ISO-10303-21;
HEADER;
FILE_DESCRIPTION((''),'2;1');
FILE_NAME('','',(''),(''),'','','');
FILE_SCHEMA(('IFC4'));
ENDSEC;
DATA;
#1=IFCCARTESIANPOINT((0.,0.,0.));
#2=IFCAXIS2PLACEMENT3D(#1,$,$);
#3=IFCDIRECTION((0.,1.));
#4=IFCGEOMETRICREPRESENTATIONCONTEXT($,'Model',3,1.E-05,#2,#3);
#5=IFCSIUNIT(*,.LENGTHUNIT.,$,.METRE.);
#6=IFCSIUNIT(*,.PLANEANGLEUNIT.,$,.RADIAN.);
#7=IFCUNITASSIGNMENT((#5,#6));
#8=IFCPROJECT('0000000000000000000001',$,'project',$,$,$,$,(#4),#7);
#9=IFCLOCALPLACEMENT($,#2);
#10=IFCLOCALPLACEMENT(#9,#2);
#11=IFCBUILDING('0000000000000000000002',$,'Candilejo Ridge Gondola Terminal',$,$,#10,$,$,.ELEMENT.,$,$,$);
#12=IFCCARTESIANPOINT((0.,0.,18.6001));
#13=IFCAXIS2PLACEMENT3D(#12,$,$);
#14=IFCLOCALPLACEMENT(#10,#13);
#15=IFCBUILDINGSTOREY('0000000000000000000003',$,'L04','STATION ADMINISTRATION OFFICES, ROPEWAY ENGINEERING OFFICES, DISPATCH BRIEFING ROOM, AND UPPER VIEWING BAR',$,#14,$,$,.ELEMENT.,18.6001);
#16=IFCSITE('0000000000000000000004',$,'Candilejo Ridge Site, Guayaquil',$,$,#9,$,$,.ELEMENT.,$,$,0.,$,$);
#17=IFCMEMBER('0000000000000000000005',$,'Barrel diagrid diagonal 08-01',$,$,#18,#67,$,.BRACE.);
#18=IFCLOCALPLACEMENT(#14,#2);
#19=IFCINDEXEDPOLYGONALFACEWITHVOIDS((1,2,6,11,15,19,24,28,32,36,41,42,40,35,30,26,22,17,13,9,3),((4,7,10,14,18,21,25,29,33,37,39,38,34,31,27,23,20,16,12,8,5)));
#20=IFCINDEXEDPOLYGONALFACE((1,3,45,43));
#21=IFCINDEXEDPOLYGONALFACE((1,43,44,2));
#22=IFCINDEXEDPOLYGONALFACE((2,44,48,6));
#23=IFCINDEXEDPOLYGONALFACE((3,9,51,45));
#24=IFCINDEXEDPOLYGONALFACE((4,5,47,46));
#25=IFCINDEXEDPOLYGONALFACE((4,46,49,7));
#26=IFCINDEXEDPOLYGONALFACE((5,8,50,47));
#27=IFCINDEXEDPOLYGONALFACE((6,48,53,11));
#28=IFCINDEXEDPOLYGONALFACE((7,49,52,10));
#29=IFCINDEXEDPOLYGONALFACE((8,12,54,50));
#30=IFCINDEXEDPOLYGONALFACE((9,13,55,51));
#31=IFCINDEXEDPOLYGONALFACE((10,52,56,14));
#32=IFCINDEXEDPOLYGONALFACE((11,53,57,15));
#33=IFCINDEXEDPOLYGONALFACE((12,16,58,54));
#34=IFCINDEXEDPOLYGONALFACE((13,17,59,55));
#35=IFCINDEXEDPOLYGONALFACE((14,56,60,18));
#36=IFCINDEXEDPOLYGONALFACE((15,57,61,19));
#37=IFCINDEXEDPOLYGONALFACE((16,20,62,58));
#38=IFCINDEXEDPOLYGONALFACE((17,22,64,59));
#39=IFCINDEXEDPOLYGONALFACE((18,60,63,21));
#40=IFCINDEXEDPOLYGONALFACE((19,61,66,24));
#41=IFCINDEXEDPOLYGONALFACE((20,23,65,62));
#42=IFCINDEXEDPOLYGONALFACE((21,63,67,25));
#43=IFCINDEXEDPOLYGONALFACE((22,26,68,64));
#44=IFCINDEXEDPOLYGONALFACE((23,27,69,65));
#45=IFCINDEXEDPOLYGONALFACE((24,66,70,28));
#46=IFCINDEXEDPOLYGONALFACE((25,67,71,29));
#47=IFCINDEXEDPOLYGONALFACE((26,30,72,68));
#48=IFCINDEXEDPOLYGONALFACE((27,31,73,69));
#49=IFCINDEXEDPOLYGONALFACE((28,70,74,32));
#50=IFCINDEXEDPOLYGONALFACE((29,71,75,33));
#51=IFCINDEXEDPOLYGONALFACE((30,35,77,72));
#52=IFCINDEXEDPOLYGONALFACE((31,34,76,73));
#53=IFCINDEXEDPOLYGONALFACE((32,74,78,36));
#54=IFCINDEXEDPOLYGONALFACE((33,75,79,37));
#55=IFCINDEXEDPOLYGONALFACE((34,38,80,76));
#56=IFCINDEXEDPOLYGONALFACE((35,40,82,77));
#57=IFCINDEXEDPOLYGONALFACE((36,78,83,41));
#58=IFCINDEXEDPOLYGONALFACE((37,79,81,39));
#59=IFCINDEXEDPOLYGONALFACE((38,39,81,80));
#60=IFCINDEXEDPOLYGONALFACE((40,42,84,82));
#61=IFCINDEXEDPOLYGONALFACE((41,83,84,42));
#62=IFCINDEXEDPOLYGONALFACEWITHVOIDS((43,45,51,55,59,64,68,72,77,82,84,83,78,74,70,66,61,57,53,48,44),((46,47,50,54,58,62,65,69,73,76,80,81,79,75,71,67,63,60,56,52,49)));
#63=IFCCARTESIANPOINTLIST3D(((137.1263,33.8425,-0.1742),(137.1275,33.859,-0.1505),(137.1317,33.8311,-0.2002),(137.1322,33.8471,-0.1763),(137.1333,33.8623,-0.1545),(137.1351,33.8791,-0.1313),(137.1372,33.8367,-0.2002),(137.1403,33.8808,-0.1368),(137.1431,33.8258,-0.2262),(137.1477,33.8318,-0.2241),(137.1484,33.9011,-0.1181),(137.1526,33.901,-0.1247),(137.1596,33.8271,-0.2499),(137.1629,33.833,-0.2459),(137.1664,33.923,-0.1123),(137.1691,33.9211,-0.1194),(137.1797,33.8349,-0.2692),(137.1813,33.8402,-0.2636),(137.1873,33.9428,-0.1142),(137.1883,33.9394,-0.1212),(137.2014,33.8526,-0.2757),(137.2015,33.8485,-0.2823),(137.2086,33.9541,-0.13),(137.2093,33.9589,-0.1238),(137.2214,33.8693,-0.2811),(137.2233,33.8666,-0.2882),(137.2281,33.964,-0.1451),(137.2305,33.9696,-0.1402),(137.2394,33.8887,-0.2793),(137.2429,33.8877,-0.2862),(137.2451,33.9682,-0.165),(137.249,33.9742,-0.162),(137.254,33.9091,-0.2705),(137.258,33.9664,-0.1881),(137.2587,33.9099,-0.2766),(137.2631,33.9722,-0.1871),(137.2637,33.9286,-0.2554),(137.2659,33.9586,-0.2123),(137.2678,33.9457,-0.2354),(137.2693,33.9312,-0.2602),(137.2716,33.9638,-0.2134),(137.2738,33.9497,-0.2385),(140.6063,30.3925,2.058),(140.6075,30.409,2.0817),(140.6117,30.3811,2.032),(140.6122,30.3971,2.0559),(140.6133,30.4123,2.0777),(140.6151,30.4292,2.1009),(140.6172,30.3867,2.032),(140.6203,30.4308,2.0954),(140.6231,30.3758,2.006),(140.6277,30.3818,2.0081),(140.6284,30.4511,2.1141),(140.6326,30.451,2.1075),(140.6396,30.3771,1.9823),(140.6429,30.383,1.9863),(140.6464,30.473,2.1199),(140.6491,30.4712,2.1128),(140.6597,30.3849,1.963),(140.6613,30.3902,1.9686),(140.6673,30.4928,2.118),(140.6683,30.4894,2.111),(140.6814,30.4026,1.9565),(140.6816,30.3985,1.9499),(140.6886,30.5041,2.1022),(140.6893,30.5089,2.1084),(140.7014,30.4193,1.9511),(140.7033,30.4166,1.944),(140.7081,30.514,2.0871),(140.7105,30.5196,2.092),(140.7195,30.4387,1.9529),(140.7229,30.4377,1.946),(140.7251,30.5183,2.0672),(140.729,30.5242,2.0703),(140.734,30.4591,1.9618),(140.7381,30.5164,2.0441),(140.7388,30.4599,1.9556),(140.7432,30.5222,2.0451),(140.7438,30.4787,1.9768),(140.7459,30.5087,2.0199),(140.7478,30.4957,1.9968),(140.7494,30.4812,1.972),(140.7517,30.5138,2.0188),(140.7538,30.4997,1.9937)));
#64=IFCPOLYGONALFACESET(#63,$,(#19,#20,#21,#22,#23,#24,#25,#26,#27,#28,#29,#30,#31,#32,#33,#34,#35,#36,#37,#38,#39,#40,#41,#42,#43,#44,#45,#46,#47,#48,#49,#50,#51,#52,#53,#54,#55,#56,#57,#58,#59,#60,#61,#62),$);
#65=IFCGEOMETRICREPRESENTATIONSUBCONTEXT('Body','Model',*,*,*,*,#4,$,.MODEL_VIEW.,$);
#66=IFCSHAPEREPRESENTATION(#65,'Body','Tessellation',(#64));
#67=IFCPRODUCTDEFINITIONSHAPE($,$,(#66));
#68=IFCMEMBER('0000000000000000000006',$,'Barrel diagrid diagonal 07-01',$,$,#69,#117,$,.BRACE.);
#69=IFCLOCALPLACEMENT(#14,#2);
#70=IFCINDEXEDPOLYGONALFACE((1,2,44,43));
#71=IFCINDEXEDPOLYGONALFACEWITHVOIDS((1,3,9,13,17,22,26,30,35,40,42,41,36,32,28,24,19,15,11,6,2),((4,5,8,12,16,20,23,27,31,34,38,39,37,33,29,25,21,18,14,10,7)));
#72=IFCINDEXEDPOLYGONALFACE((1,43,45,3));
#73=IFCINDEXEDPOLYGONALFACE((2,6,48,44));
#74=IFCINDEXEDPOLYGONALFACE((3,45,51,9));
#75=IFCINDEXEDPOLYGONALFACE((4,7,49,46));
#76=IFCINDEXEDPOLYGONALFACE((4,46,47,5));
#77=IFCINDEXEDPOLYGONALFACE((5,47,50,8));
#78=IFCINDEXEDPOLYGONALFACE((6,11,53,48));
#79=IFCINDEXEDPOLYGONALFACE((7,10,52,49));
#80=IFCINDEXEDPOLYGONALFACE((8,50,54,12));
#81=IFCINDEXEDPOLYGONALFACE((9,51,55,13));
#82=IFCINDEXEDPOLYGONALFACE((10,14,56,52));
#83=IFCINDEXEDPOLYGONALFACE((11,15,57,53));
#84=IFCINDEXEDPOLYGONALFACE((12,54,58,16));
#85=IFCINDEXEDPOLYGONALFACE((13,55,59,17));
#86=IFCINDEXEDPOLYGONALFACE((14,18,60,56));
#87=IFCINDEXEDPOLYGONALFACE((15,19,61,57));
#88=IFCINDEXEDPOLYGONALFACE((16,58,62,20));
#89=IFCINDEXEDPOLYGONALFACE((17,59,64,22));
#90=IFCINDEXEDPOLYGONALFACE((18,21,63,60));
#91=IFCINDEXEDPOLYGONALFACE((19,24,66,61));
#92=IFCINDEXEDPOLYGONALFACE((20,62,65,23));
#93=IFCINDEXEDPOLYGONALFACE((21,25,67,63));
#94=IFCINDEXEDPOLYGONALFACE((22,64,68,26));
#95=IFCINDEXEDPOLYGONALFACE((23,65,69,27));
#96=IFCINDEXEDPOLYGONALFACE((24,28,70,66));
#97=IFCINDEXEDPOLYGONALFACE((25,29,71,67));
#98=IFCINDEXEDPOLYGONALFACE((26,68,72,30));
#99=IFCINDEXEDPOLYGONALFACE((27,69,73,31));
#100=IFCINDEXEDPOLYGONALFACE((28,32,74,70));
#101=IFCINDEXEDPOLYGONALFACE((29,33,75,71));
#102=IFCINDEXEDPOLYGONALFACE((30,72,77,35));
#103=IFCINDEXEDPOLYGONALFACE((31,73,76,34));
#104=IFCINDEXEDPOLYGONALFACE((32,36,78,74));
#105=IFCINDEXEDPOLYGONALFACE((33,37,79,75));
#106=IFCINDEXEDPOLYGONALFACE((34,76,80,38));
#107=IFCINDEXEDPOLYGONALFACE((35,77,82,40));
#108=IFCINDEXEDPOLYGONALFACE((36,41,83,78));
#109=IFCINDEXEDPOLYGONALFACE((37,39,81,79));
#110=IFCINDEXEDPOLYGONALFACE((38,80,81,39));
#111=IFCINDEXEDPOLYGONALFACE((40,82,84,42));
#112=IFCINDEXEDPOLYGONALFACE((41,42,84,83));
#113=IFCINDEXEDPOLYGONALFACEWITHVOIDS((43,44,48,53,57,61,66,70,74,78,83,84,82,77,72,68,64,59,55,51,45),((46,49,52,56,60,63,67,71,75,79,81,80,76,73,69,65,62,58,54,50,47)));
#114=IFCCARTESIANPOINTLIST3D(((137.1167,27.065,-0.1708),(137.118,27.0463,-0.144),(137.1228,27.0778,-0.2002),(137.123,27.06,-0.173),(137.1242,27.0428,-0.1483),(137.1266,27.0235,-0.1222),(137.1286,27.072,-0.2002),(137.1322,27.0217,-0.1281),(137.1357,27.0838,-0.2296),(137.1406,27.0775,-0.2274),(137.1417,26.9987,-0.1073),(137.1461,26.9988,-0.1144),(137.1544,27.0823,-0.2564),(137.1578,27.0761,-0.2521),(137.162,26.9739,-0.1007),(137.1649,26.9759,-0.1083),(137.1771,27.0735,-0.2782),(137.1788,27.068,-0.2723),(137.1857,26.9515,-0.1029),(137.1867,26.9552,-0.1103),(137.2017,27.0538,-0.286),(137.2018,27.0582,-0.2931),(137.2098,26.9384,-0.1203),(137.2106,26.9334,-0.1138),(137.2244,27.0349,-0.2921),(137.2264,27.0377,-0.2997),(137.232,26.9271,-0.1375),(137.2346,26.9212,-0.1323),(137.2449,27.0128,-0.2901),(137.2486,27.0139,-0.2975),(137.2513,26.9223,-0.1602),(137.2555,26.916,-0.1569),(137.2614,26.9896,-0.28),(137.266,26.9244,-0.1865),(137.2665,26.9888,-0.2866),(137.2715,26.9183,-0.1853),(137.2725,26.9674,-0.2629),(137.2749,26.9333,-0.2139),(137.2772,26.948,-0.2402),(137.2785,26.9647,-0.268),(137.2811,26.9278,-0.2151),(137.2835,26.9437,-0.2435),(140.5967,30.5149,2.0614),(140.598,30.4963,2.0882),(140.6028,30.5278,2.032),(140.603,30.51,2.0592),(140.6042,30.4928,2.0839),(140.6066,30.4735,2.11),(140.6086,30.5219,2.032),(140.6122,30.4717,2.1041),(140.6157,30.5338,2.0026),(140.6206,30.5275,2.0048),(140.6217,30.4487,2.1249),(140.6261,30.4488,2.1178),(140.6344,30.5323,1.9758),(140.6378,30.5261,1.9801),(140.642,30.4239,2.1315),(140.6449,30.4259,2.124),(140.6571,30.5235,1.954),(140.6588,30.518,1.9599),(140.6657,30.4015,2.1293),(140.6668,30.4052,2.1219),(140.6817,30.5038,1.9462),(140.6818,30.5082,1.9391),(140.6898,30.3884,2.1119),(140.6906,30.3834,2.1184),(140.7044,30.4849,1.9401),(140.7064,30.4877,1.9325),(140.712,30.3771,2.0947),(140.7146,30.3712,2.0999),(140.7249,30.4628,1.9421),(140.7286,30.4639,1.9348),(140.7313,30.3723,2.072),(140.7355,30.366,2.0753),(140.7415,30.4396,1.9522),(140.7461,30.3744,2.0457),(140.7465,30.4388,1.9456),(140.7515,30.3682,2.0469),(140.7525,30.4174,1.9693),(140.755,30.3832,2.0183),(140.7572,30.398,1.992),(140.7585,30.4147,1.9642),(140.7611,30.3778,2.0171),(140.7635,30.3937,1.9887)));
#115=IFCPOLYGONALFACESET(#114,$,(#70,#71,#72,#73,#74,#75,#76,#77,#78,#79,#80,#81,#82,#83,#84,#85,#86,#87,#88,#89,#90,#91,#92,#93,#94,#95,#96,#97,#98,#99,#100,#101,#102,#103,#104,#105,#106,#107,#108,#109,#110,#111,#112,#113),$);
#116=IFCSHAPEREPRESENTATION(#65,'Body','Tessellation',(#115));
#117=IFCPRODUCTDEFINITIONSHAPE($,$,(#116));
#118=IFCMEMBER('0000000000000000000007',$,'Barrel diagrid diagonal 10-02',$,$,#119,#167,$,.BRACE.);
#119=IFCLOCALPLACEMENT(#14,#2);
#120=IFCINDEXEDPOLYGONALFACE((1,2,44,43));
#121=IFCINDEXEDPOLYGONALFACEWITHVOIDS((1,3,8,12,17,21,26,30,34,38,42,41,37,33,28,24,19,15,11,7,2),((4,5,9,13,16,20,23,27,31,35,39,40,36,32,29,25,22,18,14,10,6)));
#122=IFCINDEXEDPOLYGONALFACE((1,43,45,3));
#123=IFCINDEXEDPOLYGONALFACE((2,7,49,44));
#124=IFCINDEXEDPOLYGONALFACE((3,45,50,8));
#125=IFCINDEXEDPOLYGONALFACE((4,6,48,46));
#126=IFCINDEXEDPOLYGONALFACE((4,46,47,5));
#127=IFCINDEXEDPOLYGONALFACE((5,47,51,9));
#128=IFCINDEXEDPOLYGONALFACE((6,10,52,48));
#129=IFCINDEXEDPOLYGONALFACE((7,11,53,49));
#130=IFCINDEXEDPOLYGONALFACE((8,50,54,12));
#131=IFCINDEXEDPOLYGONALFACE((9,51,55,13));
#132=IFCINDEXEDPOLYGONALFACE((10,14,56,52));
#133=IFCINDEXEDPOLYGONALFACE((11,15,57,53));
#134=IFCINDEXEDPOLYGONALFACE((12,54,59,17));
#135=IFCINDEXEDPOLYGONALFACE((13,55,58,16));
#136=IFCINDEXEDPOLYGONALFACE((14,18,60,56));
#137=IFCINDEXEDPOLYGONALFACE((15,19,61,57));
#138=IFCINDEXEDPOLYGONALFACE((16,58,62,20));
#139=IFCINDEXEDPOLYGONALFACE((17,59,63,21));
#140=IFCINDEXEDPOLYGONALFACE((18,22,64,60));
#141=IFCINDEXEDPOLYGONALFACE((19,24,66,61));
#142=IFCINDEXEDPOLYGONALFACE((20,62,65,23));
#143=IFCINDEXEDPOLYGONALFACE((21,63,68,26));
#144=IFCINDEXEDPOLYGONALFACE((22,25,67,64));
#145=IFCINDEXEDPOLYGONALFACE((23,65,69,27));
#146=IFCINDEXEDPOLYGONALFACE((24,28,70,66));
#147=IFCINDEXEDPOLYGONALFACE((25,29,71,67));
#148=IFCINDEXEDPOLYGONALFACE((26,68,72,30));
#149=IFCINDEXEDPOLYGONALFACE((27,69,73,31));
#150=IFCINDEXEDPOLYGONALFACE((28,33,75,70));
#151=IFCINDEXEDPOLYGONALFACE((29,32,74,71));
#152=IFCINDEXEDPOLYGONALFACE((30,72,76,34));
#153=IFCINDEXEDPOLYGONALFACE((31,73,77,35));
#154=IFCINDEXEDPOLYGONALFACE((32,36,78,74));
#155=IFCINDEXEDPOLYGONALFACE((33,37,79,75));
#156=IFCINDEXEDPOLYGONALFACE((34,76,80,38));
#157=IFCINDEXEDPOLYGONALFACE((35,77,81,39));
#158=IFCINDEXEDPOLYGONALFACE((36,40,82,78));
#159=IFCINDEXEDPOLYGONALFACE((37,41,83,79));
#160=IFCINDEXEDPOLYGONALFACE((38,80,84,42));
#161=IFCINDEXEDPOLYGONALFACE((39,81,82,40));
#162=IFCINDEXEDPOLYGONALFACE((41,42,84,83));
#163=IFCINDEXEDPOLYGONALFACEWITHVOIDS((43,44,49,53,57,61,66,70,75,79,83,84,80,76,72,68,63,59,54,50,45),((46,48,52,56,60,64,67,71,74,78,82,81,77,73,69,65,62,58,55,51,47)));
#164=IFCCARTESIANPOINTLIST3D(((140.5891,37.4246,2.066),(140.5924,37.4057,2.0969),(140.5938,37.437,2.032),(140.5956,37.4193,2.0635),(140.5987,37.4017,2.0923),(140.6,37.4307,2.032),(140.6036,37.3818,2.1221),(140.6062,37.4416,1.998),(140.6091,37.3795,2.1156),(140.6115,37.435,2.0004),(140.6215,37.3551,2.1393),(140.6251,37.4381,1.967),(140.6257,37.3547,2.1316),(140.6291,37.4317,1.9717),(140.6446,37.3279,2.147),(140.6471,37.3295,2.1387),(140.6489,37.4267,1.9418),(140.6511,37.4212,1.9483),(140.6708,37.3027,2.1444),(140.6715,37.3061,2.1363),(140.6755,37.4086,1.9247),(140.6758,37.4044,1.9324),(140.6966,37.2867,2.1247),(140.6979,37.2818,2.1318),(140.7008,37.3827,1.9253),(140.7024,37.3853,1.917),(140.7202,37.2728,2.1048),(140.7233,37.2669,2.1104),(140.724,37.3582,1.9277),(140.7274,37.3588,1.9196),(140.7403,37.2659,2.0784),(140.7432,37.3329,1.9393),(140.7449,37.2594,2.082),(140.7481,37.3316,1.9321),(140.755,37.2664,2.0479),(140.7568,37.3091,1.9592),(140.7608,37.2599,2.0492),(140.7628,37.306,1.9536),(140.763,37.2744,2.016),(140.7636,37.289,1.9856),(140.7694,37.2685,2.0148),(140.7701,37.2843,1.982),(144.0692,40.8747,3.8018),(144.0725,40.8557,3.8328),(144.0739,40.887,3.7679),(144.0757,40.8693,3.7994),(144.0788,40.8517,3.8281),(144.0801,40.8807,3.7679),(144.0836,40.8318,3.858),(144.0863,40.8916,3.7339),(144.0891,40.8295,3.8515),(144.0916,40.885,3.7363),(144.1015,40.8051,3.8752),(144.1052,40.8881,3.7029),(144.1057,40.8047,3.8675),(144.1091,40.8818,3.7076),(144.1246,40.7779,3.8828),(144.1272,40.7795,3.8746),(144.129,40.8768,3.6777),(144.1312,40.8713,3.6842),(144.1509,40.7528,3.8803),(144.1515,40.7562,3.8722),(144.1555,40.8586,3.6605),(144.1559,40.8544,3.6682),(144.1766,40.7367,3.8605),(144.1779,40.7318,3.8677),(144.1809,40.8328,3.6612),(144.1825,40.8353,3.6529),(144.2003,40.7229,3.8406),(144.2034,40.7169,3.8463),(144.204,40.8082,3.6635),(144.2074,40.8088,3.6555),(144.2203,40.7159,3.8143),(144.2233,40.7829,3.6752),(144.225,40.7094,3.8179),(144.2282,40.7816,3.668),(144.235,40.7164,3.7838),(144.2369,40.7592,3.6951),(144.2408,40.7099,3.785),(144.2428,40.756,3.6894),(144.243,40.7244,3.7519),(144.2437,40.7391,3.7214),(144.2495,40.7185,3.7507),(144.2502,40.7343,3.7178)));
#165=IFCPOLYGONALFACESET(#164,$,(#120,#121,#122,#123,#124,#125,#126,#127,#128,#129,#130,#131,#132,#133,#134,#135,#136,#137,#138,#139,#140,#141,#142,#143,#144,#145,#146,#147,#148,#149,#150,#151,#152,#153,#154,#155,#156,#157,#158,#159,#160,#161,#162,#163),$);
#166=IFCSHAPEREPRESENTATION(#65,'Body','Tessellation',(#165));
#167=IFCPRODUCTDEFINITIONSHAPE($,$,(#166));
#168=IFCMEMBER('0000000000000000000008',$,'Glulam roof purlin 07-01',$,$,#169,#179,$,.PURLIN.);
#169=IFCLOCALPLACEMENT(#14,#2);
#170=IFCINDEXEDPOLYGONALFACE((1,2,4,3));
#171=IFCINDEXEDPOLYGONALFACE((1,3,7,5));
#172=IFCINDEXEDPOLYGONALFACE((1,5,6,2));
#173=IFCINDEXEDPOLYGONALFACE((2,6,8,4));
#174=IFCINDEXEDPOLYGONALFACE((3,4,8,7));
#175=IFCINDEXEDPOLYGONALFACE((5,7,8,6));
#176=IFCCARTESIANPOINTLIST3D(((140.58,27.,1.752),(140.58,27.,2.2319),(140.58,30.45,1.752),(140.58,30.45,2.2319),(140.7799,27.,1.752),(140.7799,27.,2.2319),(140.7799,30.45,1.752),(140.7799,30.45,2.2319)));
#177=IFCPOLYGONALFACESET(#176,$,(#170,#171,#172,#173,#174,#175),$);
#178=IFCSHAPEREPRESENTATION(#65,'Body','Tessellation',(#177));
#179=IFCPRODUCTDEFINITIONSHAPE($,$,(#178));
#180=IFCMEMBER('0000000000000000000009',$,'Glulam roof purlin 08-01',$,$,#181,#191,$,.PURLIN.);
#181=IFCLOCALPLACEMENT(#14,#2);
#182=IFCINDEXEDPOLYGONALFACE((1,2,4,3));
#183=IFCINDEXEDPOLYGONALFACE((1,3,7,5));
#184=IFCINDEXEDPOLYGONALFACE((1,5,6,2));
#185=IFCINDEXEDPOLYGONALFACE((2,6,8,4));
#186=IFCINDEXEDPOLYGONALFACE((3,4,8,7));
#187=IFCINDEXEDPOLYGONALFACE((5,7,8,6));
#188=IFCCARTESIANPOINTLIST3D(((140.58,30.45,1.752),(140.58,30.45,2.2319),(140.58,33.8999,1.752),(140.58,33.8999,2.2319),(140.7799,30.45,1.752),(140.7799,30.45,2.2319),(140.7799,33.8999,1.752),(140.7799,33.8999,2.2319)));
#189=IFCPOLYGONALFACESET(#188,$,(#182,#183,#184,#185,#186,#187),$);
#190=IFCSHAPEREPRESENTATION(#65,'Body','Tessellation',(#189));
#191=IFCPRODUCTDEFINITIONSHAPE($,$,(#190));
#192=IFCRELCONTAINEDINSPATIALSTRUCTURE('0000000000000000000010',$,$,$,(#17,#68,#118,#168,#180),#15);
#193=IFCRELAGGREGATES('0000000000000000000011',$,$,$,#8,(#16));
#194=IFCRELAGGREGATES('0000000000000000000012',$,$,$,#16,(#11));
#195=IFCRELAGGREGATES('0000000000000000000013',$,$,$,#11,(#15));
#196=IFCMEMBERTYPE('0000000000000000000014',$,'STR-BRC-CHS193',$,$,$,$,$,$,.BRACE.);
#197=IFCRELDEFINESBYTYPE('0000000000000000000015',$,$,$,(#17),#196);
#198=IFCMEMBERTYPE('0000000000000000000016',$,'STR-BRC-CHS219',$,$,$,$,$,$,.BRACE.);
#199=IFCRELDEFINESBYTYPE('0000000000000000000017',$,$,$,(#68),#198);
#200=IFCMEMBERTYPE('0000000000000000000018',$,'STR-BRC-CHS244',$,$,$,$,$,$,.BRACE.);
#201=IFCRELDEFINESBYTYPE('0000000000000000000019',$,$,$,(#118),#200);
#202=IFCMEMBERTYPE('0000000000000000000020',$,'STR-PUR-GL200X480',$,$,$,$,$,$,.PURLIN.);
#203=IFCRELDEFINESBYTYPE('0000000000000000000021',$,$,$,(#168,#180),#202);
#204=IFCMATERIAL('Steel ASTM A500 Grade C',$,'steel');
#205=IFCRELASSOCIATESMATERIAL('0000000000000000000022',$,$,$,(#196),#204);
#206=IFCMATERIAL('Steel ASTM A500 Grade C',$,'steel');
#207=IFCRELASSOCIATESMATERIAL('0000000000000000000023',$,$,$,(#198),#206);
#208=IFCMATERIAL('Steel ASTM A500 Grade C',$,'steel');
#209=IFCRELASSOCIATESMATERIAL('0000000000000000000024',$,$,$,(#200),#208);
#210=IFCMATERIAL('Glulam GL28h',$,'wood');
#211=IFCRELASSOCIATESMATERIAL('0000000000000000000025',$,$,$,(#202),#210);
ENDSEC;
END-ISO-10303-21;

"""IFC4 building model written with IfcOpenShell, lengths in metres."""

from ifc_helpers import new_model, si_unit, direction, frame, origin, origin_2d, place, context, subcontext, project, spatial, rectangle, hollow_circle, extrude, material, material_profile, profile_set, type_object, element, save


model = new_model("IFC4")

# Units and contexts
model_context = context("Model", 3, precision=1e-05, world=origin(), true_north=direction((0.0, 1.0)))
body_context = subcontext(model_context, "Body", "Model", "MODEL_VIEW")
ifc_project = project(units=[si_unit("LENGTHUNIT", "METRE"), si_unit("PLANEANGLEUNIT", "RADIAN")], contexts=[model_context])

# Site, building, storey
site_placement = place(None, origin())
site = spatial("IfcSite", under=ifc_project, at=site_placement, Name="Candilejo Ridge Site, Guayaquil", CompositionType="ELEMENT", RefElevation=0.0)
building_placement = place(site_placement, origin())
building = spatial("IfcBuilding", under=site, at=building_placement, Name="Candilejo Ridge Gondola Terminal", CompositionType="ELEMENT")
storey_placement = place(building_placement, frame((0.0, 0.0, 18.6001)))
storey = spatial("IfcBuildingStorey", under=building, at=storey_placement, Name="L04", Description="STATION ADMINISTRATION OFFICES, ROPEWAY ENGINEERING OFFICES, DISPATCH BRIEFING ROOM, AND UPPER VIEWING BAR", CompositionType="ELEMENT", Elevation=18.6001)

# Members
ifc_material_1 = material(Name="Steel ASTM A500 Grade C", Category="steel")
ifc_material_profile_1 = material_profile(ifc_material_1, hollow_circle(Radius=0.0969, WallThickness=0.0078, at=origin_2d()))
ifc_profile_set_1 = profile_set([ifc_material_profile_1], Name="Steel ASTM A500 Grade C")
member_type_1 = type_object("IfcMemberType", Name="STR-BRC-CHS193", PredefinedType="BRACE", material=ifc_profile_set_1)
member_1_placement = place(storey_placement, frame((140.6799, 30.45, 2.032), z_axis=(-0.646271, 0.640695, -0.41454), x_axis=(-0.704036, -0.710164, 0.0)))
element("IfcMember", 1, at=member_1_placement, inside=storey, type_object=member_type_1, Name="Barrel diagrid diagonal 08-01", PredefinedType="BRACE", context=body_context, shape_type="SweptSolid", body=[
    extrude(hollow_circle(Radius=0.0969, WallThickness=0.0078, at=origin_2d()), origin(), (0.0, 0.0, 1.0), 5.3848),
])
ifc_material_2 = material(Name="Steel ASTM A500 Grade C", Category="steel")
ifc_material_profile_2 = material_profile(ifc_material_2, hollow_circle(Radius=0.1096, WallThickness=0.0083, at=origin_2d()))
ifc_profile_set_2 = profile_set([ifc_material_profile_2], Name="Steel ASTM A500 Grade C")
member_type_2 = type_object("IfcMemberType", Name="STR-BRC-CHS219", PredefinedType="BRACE", material=ifc_profile_set_2)
member_2_placement = place(storey_placement, frame((137.2, 27.0, -0.2002), z_axis=(0.646271, 0.640695, 0.41454), x_axis=(-0.704036, 0.710164, 0.0)))
element("IfcMember", 2, at=member_2_placement, inside=storey, type_object=member_type_2, Name="Barrel diagrid diagonal 07-01", PredefinedType="BRACE", context=body_context, shape_type="SweptSolid", body=[
    extrude(hollow_circle(Radius=0.1096, WallThickness=0.0083, at=origin_2d()), origin(), (0.0, 0.0, 1.0), 5.3848),
])
ifc_material_3 = material(Name="Steel ASTM A500 Grade C", Category="steel")
ifc_material_profile_3 = material_profile(ifc_material_3, hollow_circle(Radius=0.1223, WallThickness=0.0088, at=origin_2d()))
ifc_profile_set_3 = profile_set([ifc_material_profile_3], Name="Steel ASTM A500 Grade C")
member_type_3 = type_object("IfcMemberType", Name="STR-BRC-CHS244", PredefinedType="BRACE", material=ifc_profile_set_3)
member_3_placement = place(storey_placement, frame((140.6799, 37.3501, 2.032), z_axis=(0.669406, 0.663629, 0.333904), x_axis=(-0.704036, 0.710164, 0.0)))
element("IfcMember", 3, at=member_3_placement, inside=storey, type_object=member_type_3, Name="Barrel diagrid diagonal 10-02", PredefinedType="BRACE", context=body_context, shape_type="SweptSolid", body=[
    extrude(hollow_circle(Radius=0.1223, WallThickness=0.0088, at=origin_2d()), origin(), (0.0, 0.0, 1.0), 5.1987),
])
ifc_material_4 = material(Name="Glulam GL28h", Category="wood")
ifc_material_profile_4 = material_profile(ifc_material_4, rectangle(XDim=0.2, YDim=0.48, at=origin_2d()))
ifc_profile_set_4 = profile_set([ifc_material_profile_4], Name="Glulam GL28h")
member_type_4 = type_object("IfcMemberType", Name="STR-PUR-GL200X480", PredefinedType="PURLIN", material=ifc_profile_set_4)
for number, where, z_axis, x_axis, name in (
    (4, (140.6799, 27.0, 1.9919), (0.0, 1.0, 0.0), (-1.0, 0.0, 0.0), "Glulam roof purlin 07-01"),
    (5, (140.6799, 30.45, 1.9919), (0.0, 1.0, 0.0), (-1.0, 0.0, 0.0), "Glulam roof purlin 08-01"),
):
    element("IfcMember", number, at=place(storey_placement, frame(where, z_axis=z_axis, x_axis=x_axis)), inside=storey, type_object=member_type_4, Name=name, PredefinedType="PURLIN", context=body_context, shape_type="SweptSolid", body=[
        extrude(rectangle(XDim=0.2, YDim=0.48, at=origin_2d()), origin(), (0.0, 0.0, 1.0), 3.45),
    ])

save(model, "model.ifc")
